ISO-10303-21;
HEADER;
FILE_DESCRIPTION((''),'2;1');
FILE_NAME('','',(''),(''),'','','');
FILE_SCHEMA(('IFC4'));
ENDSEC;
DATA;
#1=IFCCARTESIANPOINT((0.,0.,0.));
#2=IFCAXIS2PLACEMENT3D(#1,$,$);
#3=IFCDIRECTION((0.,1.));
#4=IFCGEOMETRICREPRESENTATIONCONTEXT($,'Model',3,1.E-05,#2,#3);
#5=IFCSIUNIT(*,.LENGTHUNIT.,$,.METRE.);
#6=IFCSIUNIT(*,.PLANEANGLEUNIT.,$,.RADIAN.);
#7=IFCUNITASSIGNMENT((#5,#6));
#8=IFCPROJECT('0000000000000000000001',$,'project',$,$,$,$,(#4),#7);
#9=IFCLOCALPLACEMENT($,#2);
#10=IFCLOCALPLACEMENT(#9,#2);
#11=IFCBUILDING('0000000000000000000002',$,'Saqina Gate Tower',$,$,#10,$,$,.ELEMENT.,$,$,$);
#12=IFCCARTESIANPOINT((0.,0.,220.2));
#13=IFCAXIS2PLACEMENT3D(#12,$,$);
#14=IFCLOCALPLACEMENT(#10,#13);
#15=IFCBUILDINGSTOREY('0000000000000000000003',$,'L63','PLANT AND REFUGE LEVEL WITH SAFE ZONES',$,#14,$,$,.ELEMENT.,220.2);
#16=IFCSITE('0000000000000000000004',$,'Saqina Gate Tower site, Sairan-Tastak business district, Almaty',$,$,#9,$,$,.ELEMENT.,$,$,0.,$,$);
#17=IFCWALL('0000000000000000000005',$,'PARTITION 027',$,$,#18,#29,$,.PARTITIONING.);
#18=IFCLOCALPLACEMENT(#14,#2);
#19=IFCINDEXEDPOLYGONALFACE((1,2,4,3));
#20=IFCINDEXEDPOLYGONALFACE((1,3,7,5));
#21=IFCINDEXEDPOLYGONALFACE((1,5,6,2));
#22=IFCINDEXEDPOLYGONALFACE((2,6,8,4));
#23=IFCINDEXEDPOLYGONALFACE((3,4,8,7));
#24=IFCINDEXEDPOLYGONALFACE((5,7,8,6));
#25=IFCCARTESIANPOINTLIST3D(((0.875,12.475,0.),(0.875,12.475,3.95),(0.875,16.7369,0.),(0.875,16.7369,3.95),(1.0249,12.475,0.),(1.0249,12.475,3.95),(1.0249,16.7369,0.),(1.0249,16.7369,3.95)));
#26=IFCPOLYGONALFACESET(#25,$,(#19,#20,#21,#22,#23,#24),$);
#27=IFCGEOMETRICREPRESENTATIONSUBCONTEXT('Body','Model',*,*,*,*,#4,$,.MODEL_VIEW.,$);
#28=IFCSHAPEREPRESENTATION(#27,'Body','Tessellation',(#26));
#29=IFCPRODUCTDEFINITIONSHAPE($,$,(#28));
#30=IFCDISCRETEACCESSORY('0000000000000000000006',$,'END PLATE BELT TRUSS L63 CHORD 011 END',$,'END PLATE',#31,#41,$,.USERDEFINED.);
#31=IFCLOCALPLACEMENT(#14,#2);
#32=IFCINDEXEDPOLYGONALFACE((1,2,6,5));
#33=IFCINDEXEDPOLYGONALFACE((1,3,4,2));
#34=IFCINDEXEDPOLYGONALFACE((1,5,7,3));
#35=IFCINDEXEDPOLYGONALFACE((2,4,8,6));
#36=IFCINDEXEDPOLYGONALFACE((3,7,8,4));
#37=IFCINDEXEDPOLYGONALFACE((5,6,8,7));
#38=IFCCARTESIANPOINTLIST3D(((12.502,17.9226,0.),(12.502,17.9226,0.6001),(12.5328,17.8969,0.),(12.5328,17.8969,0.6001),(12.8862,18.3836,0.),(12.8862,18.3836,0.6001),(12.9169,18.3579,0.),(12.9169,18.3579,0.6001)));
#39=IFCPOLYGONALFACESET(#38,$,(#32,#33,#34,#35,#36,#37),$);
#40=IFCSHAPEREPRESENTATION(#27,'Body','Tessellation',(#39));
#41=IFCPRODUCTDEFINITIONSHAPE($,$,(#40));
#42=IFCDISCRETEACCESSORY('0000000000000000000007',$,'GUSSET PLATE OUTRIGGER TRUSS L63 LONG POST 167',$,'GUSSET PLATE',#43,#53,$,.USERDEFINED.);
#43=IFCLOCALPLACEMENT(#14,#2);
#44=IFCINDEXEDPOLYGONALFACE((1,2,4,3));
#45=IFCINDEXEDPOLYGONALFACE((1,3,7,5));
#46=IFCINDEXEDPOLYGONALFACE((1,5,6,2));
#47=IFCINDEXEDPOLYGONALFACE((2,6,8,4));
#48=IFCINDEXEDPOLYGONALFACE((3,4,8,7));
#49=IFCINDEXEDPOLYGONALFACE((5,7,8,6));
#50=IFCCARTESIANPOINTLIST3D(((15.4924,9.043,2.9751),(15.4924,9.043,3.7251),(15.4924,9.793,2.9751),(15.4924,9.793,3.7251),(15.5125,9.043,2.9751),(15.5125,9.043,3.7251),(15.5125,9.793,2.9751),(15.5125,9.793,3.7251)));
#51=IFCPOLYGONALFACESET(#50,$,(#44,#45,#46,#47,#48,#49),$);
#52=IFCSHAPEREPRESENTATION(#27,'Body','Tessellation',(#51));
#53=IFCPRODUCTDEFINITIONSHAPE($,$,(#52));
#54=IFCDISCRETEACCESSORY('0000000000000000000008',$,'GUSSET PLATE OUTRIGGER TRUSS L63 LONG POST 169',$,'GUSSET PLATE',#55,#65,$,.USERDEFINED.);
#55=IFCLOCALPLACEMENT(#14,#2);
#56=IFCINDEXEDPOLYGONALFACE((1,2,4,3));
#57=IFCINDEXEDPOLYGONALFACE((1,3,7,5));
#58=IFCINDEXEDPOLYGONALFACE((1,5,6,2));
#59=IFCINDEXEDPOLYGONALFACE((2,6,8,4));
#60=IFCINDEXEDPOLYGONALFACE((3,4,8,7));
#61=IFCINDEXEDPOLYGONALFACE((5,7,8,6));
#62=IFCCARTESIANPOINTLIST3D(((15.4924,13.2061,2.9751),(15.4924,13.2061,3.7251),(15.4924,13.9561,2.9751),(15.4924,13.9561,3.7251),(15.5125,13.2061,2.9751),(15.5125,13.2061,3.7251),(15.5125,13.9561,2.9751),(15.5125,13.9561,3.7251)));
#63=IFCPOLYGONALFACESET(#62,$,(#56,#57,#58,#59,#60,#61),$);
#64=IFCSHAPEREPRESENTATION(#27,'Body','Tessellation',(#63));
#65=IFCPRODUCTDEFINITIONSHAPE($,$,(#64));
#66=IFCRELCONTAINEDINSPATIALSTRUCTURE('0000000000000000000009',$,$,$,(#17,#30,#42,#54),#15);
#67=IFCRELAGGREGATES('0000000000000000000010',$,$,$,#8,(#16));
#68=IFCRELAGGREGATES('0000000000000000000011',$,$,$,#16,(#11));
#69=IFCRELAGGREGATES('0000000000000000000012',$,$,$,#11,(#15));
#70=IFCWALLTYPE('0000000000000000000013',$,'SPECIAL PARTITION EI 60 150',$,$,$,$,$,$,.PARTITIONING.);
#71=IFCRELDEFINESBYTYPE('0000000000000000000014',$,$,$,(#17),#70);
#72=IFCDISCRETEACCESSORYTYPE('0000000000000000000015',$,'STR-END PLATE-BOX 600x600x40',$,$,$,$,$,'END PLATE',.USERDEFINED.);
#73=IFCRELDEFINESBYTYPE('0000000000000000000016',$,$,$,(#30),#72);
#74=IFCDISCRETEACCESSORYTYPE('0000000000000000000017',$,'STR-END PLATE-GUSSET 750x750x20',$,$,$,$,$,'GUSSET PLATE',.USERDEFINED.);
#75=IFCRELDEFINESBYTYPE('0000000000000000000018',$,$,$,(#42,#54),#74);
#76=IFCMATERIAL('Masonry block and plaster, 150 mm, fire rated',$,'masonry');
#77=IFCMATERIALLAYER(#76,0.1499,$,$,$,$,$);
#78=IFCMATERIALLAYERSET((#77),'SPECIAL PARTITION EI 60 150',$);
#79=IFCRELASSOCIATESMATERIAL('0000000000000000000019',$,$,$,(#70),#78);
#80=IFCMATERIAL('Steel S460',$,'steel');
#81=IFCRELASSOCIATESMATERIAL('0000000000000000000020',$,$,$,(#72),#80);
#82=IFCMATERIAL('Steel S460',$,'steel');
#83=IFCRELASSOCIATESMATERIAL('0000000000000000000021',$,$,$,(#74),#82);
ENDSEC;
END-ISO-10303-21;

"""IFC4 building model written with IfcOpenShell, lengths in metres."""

from ifc_helpers import new_model, si_unit, direction, frame, frame_2d, origin, origin_2d, place, context, subcontext, project, spatial, rectangle, extrude, material, layer, layer_set, material_profile, profile_set, type_object, element, save


model = new_model("IFC4")

# Units and contexts
model_context = context("Model", 3, precision=1e-05, world=origin(), true_north=direction((0.0, 1.0)))
body_context = subcontext(model_context, "Body", "Model", "MODEL_VIEW")
ifc_project = project(units=[si_unit("LENGTHUNIT", "METRE"), si_unit("PLANEANGLEUNIT", "RADIAN")], contexts=[model_context])

# Site, building, storey
site_placement = place(None, origin())
site = spatial("IfcSite", under=ifc_project, at=site_placement, Name="Saqina Gate Tower site, Sairan-Tastak business district, Almaty", CompositionType="ELEMENT", RefElevation=0.0)
building_placement = place(site_placement, origin())
building = spatial("IfcBuilding", under=site, at=building_placement, Name="Saqina Gate Tower", CompositionType="ELEMENT")
storey_placement = place(building_placement, frame((0.0, 0.0, 220.2)))
storey = spatial("IfcBuildingStorey", under=building, at=storey_placement, Name="L63", Description="PLANT AND REFUGE LEVEL WITH SAFE ZONES", CompositionType="ELEMENT", Elevation=220.2)

# Shared definitions
ifc_material_1 = material(Name="Masonry block and plaster, 150 mm, fire rated", Category="masonry")
ifc_layer_1 = layer(ifc_material_1, 0.1499)
ifc_layer_set_1 = layer_set([ifc_layer_1], Name="SPECIAL PARTITION EI 60 150")
wall_type_1 = type_object("IfcWallType", Name="SPECIAL PARTITION EI 60 150", PredefinedType="PARTITIONING", material=ifc_layer_set_1)

# Wall
wall_1_placement = place(storey_placement, frame((0.95, 12.4751, 0.0), z_axis=(0.0, 0.0, 1.0), x_axis=(0.0, 1.0, 0.0)))
element("IfcWall", 1, at=wall_1_placement, inside=storey, type_object=wall_type_1, Name="PARTITION 027", PredefinedType="PARTITIONING", context=body_context, shape_type="SweptSolid", body=[
    extrude(rectangle(XDim=4.262, YDim=0.1499, at=frame_2d((2.1309, 0.0))), origin(), (0.0, 0.0, 1.0), 3.95),
])

# Discrete accessories
ifc_material_2 = material(Name="Steel S460", Category="steel")
ifc_material_profile_1 = material_profile(ifc_material_2, rectangle(XDim=0.6001, YDim=0.6001, at=origin_2d()), Name="STR-END PLATE-BOX 600x600x40")
ifc_profile_set_1 = profile_set([ifc_material_profile_1], Name="Steel S460")
discrete_accessory_type_1 = type_object("IfcDiscreteAccessoryType", Name="STR-END PLATE-BOX 600x600x40", ElementType="END PLATE", PredefinedType="USERDEFINED", material=ifc_profile_set_1)
discrete_accessory_placement = place(storey_placement, frame((12.7249, 18.1274, 0.3), z_axis=(-0.768221, 0.640184, 0.0), x_axis=(-0.640184, -0.768221, 0.0)))
element("IfcDiscreteAccessory", 2, at=discrete_accessory_placement, inside=storey, type_object=discrete_accessory_type_1, Name="END PLATE BELT TRUSS L63 CHORD 011 END", ObjectType="END PLATE", PredefinedType="USERDEFINED", context=body_context, shape_type="SweptSolid", body=[
    extrude(rectangle(XDim=0.6001, YDim=0.6001, at=origin_2d()), origin(), (0.0, 0.0, 1.0), 0.04),
])
ifc_material_3 = material(Name="Steel S460", Category="steel")
ifc_material_profile_2 = material_profile(ifc_material_3, rectangle(XDim=0.75, YDim=0.75, at=origin_2d()), Name="STR-END PLATE-GUSSET 750x750x20")
ifc_profile_set_2 = profile_set([ifc_material_profile_2], Name="Steel S460")
discrete_accessory_type_2 = type_object("IfcDiscreteAccessoryType", Name="STR-END PLATE-GUSSET 750x750x20", ElementType="GUSSET PLATE", PredefinedType="USERDEFINED", material=ifc_profile_set_2)
for number, where, z_axis, x_axis, name in (
    (3, (15.5125, 9.418, 3.3501), (-1.0, 0.0, 0.0), (0.0, -1.0, 0.0), "GUSSET PLATE OUTRIGGER TRUSS L63 LONG POST 167"),
    (4, (15.5125, 13.5811, 3.3501), (-1.0, 0.0, 0.0), (0.0, -1.0, 0.0), "GUSSET PLATE OUTRIGGER TRUSS L63 LONG POST 169"),
):
    element("IfcDiscreteAccessory", number, at=place(storey_placement, frame(where, z_axis=z_axis, x_axis=x_axis)), inside=storey, type_object=discrete_accessory_type_2, Name=name, ObjectType="GUSSET PLATE", PredefinedType="USERDEFINED", context=body_context, shape_type="SweptSolid", body=[
        extrude(rectangle(XDim=0.75, YDim=0.75, at=origin_2d()), origin(), (0.0, 0.0, 1.0), 0.02),
    ])

save(model, "model.ifc")
